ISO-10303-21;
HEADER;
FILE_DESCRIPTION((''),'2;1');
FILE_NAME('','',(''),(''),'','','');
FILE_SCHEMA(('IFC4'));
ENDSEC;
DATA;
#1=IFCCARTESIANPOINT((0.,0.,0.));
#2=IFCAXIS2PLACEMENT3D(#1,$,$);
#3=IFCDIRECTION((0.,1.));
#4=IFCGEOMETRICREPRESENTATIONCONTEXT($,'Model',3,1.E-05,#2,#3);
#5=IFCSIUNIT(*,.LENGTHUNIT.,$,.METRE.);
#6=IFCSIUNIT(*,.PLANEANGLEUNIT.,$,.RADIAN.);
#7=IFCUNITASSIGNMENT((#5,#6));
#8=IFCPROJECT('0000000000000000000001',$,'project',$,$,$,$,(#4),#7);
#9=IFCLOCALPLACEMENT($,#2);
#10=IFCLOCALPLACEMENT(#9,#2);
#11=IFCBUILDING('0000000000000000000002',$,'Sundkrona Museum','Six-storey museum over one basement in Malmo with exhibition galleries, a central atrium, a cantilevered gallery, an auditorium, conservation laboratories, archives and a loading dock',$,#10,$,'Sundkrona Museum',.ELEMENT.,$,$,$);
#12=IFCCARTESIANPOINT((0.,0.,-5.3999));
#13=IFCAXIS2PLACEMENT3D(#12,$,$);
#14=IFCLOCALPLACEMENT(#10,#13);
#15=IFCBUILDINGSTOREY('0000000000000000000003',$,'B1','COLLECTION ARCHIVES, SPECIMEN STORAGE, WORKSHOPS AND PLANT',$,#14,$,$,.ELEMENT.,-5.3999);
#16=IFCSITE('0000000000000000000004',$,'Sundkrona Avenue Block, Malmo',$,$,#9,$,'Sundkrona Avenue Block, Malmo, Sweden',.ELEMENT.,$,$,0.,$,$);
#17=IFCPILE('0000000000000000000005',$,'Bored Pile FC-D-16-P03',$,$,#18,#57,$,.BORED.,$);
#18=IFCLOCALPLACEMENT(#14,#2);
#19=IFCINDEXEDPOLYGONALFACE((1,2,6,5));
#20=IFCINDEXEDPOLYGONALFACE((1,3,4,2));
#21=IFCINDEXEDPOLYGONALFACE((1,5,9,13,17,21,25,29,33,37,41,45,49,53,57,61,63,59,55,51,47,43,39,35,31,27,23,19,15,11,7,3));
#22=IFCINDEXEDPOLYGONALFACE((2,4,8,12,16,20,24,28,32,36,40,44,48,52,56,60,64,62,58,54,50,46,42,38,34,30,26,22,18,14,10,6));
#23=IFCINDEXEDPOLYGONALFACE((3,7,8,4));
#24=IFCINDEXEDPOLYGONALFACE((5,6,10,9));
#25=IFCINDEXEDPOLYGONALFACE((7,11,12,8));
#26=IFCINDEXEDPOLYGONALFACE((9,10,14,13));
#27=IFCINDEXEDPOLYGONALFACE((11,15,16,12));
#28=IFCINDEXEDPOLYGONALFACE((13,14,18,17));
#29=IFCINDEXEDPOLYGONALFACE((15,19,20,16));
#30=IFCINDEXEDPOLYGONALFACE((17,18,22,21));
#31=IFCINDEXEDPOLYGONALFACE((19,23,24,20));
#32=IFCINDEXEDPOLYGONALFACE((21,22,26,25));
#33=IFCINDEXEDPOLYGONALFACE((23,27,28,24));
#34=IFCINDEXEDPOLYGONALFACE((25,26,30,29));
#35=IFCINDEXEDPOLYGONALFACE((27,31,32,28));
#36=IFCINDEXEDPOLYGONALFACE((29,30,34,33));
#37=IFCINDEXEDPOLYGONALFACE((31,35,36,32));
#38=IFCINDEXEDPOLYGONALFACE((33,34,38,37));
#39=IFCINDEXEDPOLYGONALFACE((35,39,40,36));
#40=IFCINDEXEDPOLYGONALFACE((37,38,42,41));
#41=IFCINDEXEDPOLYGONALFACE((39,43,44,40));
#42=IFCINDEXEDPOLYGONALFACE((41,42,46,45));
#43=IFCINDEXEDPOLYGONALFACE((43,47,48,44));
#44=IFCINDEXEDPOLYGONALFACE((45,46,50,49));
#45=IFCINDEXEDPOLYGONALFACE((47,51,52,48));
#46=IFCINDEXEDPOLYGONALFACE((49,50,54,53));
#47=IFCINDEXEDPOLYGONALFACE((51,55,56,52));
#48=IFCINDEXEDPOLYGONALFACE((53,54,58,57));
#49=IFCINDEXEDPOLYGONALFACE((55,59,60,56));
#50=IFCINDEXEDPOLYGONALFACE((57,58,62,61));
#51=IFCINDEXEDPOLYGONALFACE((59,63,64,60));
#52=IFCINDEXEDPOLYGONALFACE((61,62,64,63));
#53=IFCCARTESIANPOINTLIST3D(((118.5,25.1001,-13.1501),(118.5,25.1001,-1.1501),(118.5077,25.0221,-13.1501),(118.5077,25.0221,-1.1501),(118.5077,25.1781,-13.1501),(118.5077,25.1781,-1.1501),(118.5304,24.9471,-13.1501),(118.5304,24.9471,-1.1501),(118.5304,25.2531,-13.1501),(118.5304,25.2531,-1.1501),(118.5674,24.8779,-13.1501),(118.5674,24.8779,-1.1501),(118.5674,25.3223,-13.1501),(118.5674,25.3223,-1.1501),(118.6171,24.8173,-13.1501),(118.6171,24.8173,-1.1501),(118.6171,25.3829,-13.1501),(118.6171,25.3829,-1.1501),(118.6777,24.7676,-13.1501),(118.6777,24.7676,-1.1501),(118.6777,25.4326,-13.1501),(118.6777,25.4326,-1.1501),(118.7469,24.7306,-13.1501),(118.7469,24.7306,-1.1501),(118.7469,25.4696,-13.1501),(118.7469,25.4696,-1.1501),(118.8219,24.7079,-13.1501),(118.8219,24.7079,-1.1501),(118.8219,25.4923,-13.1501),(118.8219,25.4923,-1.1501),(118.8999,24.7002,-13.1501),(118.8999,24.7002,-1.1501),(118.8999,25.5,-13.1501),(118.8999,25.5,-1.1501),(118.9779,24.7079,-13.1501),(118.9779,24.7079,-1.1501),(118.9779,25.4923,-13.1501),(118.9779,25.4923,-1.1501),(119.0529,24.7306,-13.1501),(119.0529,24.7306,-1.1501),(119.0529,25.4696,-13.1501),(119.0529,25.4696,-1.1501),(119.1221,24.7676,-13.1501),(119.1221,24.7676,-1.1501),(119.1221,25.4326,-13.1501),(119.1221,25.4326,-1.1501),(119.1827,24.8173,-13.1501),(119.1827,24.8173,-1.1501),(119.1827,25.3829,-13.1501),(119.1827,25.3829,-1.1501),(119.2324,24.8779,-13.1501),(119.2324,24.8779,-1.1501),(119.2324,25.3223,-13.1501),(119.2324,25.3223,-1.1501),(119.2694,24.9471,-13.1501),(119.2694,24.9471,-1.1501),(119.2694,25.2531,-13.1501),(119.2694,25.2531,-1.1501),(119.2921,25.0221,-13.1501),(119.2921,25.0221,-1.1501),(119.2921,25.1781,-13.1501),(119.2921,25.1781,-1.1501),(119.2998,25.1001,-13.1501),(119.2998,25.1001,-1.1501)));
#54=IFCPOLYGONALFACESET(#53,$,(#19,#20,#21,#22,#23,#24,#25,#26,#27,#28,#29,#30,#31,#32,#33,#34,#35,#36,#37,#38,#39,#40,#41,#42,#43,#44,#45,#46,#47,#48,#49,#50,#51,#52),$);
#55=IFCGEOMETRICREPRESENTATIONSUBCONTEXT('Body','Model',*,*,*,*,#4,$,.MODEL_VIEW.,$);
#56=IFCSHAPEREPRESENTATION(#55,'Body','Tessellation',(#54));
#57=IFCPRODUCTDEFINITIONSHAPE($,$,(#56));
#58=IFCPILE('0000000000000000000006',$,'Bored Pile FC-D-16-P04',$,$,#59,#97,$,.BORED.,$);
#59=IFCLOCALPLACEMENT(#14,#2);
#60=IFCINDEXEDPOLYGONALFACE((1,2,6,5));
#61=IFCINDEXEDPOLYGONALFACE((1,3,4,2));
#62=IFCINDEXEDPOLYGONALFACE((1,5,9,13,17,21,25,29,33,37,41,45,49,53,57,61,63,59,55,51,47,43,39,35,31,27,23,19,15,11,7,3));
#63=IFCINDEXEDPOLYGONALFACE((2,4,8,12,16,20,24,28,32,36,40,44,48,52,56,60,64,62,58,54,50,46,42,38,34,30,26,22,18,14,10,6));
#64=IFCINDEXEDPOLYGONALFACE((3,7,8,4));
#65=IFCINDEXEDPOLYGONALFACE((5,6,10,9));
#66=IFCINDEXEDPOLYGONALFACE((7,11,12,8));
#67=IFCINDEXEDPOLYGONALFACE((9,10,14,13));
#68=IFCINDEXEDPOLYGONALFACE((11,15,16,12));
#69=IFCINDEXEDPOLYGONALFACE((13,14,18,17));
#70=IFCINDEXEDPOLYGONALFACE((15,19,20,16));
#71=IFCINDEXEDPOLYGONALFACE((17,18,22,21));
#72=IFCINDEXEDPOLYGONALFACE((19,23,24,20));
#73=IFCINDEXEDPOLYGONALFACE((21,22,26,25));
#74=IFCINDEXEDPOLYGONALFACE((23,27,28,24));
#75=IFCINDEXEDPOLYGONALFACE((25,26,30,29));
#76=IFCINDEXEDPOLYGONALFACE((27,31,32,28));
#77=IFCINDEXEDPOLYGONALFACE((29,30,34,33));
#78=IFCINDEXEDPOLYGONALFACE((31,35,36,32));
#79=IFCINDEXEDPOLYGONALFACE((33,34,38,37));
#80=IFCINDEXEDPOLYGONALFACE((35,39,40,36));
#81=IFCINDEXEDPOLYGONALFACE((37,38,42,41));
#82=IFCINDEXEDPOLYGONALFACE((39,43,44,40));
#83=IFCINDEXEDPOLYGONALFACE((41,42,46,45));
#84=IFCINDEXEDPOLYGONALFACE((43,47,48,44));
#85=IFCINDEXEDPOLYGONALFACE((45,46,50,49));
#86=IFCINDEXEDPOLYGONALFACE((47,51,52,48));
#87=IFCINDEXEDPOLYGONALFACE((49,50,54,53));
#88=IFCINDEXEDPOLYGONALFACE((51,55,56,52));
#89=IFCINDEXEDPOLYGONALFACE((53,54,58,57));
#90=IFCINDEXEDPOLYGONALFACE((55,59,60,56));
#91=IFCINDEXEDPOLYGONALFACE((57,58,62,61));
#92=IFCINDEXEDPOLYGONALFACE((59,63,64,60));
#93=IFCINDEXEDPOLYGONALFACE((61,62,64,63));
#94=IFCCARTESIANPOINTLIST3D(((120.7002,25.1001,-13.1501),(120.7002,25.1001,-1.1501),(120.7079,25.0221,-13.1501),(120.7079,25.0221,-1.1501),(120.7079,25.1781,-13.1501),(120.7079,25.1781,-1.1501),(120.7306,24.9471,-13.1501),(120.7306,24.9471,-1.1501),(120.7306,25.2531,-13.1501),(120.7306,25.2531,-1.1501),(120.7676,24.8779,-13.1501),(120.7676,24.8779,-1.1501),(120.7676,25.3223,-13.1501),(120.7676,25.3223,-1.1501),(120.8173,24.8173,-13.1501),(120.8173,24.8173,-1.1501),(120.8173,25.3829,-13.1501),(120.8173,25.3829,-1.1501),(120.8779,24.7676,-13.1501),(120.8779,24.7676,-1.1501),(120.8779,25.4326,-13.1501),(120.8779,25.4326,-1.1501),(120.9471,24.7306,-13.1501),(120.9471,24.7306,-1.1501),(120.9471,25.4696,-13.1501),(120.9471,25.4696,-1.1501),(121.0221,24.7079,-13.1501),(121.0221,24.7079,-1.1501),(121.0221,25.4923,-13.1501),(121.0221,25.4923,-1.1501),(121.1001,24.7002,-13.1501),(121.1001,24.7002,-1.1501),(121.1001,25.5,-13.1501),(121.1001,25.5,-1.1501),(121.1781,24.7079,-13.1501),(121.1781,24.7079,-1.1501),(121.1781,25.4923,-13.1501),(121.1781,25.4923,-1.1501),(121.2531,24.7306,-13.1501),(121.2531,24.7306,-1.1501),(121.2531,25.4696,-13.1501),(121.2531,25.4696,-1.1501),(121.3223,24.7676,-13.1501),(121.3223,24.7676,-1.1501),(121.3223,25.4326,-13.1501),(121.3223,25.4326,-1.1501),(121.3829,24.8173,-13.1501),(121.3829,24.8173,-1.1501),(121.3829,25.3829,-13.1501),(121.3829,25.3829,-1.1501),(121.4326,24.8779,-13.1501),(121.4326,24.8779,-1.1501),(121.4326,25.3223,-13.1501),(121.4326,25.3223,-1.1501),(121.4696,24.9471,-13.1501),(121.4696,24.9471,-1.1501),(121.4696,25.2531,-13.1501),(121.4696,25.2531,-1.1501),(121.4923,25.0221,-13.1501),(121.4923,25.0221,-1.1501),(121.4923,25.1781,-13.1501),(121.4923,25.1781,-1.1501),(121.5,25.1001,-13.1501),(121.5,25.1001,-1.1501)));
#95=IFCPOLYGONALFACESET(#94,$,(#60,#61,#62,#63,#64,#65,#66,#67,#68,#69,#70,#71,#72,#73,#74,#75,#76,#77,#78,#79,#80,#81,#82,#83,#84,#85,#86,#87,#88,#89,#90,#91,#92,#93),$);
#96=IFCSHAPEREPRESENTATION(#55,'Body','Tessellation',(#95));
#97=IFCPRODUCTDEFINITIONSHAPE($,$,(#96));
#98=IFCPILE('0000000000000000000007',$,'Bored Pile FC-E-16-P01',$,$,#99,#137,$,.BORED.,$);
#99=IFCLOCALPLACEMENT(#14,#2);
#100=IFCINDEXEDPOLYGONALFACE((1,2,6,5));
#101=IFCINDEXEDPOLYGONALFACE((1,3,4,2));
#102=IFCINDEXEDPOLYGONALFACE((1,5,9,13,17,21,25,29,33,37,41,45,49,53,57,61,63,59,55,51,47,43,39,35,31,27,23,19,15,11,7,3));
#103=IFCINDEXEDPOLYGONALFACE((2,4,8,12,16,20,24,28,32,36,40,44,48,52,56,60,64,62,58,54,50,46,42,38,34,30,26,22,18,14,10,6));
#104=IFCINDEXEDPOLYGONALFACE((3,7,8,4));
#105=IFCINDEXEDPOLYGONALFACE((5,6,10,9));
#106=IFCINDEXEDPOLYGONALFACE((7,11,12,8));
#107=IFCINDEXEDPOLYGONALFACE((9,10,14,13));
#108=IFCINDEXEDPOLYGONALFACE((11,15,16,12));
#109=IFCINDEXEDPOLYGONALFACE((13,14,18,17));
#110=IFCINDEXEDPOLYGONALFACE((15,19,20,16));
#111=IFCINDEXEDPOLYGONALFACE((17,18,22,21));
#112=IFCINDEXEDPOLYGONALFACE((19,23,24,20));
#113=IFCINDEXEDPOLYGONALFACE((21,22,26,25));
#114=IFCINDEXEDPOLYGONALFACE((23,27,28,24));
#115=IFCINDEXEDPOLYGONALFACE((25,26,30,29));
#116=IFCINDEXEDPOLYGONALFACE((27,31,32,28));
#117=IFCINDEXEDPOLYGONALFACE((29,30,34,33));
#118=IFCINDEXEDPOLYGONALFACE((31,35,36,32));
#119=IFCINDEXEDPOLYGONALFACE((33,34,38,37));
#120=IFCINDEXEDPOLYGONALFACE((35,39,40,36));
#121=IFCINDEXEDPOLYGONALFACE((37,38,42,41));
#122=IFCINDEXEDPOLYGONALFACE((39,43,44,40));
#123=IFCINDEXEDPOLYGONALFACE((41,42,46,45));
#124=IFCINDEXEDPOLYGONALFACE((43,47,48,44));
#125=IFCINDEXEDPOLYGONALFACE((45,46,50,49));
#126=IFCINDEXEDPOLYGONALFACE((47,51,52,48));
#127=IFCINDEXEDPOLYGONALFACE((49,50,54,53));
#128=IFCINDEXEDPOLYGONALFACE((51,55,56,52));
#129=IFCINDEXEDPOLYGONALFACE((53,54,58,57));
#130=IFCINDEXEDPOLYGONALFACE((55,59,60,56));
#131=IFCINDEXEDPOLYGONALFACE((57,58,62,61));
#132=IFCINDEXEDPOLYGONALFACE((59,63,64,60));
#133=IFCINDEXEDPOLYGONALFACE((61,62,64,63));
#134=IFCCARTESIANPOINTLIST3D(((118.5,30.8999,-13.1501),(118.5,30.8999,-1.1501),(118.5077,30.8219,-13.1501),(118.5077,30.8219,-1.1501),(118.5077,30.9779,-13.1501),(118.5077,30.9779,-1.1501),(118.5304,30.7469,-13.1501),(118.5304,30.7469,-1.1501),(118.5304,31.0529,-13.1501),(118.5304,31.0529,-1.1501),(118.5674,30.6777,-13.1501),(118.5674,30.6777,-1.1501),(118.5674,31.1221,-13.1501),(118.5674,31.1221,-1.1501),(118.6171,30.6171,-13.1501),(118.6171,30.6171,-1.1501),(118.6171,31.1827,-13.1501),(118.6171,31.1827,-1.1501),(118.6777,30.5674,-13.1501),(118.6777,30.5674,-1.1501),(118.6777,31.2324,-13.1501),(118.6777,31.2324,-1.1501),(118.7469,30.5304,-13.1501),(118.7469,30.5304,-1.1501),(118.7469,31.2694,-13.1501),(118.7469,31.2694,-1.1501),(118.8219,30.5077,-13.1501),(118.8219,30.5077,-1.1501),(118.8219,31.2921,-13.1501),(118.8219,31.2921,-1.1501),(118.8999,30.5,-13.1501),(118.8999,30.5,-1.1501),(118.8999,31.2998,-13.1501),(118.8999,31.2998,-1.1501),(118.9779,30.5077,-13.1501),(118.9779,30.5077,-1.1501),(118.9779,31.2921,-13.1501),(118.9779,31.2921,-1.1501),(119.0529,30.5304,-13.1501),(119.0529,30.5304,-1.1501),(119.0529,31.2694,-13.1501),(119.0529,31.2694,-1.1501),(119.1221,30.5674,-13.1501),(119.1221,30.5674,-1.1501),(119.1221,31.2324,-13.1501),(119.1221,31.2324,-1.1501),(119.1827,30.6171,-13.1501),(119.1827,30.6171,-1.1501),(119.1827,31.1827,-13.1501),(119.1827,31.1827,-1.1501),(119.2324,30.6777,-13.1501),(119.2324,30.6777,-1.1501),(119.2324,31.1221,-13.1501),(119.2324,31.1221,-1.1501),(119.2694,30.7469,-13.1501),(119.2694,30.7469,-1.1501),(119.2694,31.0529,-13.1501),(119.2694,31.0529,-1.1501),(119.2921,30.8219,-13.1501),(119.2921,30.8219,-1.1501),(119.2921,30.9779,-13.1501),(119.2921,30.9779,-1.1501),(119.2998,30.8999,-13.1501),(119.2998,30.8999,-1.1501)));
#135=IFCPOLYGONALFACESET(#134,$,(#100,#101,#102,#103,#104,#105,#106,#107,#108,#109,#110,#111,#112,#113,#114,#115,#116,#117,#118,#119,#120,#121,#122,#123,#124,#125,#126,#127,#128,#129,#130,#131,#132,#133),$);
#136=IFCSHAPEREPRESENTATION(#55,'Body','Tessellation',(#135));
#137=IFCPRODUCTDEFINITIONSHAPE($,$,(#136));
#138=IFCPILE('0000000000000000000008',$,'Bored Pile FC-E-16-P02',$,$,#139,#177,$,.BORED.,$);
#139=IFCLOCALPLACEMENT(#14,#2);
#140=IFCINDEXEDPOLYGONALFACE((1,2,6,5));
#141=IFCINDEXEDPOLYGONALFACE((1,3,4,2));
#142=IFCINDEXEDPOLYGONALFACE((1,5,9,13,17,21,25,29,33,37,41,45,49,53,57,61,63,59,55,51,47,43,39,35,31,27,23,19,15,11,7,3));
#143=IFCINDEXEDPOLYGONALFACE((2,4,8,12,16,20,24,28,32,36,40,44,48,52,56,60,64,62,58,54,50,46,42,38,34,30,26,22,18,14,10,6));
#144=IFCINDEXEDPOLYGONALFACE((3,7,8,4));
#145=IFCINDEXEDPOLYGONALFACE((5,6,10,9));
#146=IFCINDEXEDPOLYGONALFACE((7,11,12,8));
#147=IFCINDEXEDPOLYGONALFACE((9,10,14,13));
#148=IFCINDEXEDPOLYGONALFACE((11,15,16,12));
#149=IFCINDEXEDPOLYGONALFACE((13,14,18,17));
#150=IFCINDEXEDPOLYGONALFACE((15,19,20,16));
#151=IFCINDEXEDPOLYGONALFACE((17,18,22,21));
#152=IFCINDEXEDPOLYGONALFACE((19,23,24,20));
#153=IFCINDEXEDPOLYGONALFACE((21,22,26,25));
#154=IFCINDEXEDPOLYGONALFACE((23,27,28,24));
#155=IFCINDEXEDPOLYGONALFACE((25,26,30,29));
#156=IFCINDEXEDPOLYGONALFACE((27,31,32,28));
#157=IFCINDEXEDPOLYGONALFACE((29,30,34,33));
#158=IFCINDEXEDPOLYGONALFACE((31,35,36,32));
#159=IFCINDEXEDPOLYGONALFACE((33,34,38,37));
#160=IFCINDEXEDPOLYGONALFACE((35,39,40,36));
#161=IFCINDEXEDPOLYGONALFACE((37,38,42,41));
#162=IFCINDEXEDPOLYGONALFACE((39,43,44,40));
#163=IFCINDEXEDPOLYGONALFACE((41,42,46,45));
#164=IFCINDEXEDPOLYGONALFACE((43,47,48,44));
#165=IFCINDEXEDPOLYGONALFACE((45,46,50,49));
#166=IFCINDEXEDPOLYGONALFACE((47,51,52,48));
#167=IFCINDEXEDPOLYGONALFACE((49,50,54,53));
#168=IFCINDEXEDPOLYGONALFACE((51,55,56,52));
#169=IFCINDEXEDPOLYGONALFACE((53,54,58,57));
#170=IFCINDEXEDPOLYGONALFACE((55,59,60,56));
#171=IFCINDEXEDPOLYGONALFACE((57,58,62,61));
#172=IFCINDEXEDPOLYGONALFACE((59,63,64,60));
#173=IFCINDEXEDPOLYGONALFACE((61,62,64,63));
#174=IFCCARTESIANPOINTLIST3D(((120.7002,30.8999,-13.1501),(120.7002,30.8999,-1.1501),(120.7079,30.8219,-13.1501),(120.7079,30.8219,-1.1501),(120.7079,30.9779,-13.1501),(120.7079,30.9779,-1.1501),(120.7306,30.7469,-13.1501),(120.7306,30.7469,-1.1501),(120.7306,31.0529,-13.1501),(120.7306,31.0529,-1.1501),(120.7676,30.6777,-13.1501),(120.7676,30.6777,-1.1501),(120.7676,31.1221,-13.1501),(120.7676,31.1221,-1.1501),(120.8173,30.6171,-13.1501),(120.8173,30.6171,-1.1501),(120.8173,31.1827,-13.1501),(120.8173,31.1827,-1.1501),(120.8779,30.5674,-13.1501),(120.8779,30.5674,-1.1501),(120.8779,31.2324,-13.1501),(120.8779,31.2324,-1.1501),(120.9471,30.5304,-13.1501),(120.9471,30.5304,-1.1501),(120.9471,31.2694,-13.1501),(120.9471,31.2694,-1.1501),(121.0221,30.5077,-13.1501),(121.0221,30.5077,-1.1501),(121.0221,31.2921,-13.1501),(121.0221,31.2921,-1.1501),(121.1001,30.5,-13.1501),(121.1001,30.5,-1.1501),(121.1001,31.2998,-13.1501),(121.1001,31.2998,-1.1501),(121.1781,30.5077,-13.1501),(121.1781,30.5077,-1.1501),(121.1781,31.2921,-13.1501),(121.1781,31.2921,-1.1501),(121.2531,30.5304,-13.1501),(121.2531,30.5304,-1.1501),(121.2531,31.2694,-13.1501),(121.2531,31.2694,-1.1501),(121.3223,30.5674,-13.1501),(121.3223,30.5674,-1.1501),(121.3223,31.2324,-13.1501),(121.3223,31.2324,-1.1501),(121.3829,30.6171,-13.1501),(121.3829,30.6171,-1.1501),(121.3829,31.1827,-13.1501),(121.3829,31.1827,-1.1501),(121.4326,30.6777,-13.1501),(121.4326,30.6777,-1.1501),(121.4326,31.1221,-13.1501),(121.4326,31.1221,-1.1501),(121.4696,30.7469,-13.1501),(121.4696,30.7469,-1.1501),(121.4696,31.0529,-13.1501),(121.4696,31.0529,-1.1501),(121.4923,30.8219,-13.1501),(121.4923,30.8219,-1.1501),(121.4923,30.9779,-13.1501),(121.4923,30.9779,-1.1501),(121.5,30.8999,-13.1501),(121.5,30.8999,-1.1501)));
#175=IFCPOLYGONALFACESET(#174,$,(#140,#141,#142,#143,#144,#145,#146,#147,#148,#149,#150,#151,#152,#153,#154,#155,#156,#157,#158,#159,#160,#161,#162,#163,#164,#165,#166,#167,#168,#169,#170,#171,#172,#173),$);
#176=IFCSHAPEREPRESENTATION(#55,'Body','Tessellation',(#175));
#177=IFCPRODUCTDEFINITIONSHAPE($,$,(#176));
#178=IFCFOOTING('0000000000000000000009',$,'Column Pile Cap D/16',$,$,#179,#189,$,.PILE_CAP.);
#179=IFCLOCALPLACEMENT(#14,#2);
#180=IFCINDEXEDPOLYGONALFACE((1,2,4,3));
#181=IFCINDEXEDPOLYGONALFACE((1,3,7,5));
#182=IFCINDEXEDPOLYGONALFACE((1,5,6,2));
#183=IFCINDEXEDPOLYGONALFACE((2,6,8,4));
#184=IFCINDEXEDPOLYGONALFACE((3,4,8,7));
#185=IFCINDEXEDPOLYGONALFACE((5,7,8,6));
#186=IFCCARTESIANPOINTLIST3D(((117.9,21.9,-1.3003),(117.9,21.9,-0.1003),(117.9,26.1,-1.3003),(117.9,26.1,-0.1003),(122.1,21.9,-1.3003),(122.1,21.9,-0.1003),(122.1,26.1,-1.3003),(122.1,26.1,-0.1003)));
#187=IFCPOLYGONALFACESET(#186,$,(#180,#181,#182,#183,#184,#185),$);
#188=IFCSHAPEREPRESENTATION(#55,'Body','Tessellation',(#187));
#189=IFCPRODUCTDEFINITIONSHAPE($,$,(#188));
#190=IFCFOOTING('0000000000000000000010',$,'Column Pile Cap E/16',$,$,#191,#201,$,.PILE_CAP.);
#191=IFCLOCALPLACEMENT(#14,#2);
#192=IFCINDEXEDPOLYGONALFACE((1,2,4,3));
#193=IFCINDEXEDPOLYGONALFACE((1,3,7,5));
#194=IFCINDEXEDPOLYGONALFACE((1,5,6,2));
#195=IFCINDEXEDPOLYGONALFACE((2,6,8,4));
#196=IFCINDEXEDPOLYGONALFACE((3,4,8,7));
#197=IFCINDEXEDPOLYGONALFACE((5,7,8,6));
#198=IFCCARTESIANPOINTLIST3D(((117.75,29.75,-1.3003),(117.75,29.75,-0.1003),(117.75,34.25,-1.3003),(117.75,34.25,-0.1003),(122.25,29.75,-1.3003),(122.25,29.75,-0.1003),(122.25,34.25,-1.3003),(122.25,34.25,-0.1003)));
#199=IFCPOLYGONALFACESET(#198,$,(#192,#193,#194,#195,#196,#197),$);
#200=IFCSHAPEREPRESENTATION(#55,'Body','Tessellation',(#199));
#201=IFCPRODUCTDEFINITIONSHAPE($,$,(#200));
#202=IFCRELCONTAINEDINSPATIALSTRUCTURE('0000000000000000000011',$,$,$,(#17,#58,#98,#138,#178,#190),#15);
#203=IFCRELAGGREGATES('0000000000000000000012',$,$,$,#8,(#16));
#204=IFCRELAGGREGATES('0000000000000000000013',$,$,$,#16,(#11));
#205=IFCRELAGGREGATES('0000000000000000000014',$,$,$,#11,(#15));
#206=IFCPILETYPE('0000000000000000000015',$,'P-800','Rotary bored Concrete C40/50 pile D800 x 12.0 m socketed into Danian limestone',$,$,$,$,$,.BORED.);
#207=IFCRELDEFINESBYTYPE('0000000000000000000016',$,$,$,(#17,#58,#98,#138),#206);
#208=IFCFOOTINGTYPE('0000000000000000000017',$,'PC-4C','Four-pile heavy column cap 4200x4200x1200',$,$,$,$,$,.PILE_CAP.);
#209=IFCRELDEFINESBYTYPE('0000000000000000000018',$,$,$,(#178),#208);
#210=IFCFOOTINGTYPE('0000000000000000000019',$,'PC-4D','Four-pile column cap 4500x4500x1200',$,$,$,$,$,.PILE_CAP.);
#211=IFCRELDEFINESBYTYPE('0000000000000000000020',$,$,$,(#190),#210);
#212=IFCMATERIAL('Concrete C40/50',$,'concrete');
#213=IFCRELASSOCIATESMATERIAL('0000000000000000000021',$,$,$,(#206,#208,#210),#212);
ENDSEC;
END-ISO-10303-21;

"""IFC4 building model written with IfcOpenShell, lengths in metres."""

from ifc_helpers import new_model, si_unit, direction, frame, origin, origin_2d, place, context, subcontext, project, spatial, rectangle, circle, extrude, material, material_profile, profile_set, type_object, element, save


model = new_model("IFC4")

# Units and contexts
model_context = context("Model", 3, precision=1e-05, world=origin(), true_north=direction((0.0, 1.0)))
body_context = subcontext(model_context, "Body", "Model", "MODEL_VIEW")
ifc_project = project(units=[si_unit("LENGTHUNIT", "METRE"), si_unit("PLANEANGLEUNIT", "RADIAN")], contexts=[model_context])

# Site, building, storey
site_placement = place(None, origin())
site = spatial("IfcSite", under=ifc_project, at=site_placement, Name="Sundkrona Avenue Block, Malmo", LongName="Sundkrona Avenue Block, Malmo, Sweden", CompositionType="ELEMENT", RefElevation=0.0)
building_placement = place(site_placement, origin())
building = spatial("IfcBuilding", under=site, at=building_placement, Name="Sundkrona Museum", Description="Six-storey museum over one basement in Malmo with exhibition galleries, a central atrium, a cantilevered gallery, an auditorium, conservation laboratories, archives and a loading dock", LongName="Sundkrona Museum", CompositionType="ELEMENT")
storey_placement = place(building_placement, frame((0.0, 0.0, -5.3999)))
storey = spatial("IfcBuildingStorey", under=building, at=storey_placement, Name="B1", Description="COLLECTION ARCHIVES, SPECIMEN STORAGE, WORKSHOPS AND PLANT", CompositionType="ELEMENT", Elevation=-5.3999)

# Shared definitions
ifc_material_1 = material(Name="Concrete C40/50", Category="concrete")

# Piles
ifc_material_profile_1 = material_profile(ifc_material_1, circle(Radius=0.3999, at=origin_2d()), Name="PILE D800")
ifc_profile_set_1 = profile_set([ifc_material_profile_1], Name="Concrete C40/50")
pile_type = type_object("IfcPileType", Name="P-800", Description="Rotary bored Concrete C40/50 pile D800 x 12.0 m socketed into Danian limestone", PredefinedType="BORED", material=ifc_profile_set_1)
for number, where, z_axis, x_axis, name in (
    (1, (118.8999, 25.1001, -1.1501), (0.0, 0.0, -1.0), (1.0, 0.0, 0.0), "Bored Pile FC-D-16-P03"),
    (2, (121.1001, 25.1001, -1.1501), (0.0, 0.0, -1.0), (1.0, 0.0, 0.0), "Bored Pile FC-D-16-P04"),
    (3, (118.8999, 30.8999, -1.1501), (0.0, 0.0, -1.0), (1.0, 0.0, 0.0), "Bored Pile FC-E-16-P01"),
    (4, (121.1001, 30.8999, -1.1501), (0.0, 0.0, -1.0), (1.0, 0.0, 0.0), "Bored Pile FC-E-16-P02"),
):
    element("IfcPile", number, at=place(storey_placement, frame(where, z_axis=z_axis, x_axis=x_axis)), inside=storey, type_object=pile_type, Name=name, PredefinedType="BORED", context=body_context, shape_type="SweptSolid", body=[
        extrude(circle(Radius=0.3999, at=origin_2d()), origin(), (0.0, 0.0, 1.0), 12.0),
    ])

# Footings
footing_type_1 = type_object("IfcFootingType", Name="PC-4C", Description="Four-pile heavy column cap 4200x4200x1200", PredefinedType="PILE_CAP", material=ifc_material_1)
footing_1_placement = place(storey_placement, frame((120.0, 24.0, -1.3003), z_axis=(0.0, 0.0, 1.0), x_axis=(1.0, 0.0, 0.0)))
element("IfcFooting", 5, at=footing_1_placement, inside=storey, type_object=footing_type_1, Name="Column Pile Cap D/16", PredefinedType="PILE_CAP", context=body_context, shape_type="SweptSolid", body=[
    extrude(rectangle(XDim=4.2, YDim=4.2, at=origin_2d()), origin(), (0.0, 0.0, 1.0), 1.2),
])
footing_type_2 = type_object("IfcFootingType", Name="PC-4D", Description="Four-pile column cap 4500x4500x1200", PredefinedType="PILE_CAP", material=ifc_material_1)
footing_2_placement = place(storey_placement, frame((120.0, 32.0, -1.3003), z_axis=(0.0, 0.0, 1.0), x_axis=(1.0, 0.0, 0.0)))
element("IfcFooting", 6, at=footing_2_placement, inside=storey, type_object=footing_type_2, Name="Column Pile Cap E/16", PredefinedType="PILE_CAP", context=body_context, shape_type="SweptSolid", body=[
    extrude(rectangle(XDim=4.5, YDim=4.5, at=origin_2d()), origin(), (0.0, 0.0, 1.0), 1.2),
])

save(model, "model.ifc")
